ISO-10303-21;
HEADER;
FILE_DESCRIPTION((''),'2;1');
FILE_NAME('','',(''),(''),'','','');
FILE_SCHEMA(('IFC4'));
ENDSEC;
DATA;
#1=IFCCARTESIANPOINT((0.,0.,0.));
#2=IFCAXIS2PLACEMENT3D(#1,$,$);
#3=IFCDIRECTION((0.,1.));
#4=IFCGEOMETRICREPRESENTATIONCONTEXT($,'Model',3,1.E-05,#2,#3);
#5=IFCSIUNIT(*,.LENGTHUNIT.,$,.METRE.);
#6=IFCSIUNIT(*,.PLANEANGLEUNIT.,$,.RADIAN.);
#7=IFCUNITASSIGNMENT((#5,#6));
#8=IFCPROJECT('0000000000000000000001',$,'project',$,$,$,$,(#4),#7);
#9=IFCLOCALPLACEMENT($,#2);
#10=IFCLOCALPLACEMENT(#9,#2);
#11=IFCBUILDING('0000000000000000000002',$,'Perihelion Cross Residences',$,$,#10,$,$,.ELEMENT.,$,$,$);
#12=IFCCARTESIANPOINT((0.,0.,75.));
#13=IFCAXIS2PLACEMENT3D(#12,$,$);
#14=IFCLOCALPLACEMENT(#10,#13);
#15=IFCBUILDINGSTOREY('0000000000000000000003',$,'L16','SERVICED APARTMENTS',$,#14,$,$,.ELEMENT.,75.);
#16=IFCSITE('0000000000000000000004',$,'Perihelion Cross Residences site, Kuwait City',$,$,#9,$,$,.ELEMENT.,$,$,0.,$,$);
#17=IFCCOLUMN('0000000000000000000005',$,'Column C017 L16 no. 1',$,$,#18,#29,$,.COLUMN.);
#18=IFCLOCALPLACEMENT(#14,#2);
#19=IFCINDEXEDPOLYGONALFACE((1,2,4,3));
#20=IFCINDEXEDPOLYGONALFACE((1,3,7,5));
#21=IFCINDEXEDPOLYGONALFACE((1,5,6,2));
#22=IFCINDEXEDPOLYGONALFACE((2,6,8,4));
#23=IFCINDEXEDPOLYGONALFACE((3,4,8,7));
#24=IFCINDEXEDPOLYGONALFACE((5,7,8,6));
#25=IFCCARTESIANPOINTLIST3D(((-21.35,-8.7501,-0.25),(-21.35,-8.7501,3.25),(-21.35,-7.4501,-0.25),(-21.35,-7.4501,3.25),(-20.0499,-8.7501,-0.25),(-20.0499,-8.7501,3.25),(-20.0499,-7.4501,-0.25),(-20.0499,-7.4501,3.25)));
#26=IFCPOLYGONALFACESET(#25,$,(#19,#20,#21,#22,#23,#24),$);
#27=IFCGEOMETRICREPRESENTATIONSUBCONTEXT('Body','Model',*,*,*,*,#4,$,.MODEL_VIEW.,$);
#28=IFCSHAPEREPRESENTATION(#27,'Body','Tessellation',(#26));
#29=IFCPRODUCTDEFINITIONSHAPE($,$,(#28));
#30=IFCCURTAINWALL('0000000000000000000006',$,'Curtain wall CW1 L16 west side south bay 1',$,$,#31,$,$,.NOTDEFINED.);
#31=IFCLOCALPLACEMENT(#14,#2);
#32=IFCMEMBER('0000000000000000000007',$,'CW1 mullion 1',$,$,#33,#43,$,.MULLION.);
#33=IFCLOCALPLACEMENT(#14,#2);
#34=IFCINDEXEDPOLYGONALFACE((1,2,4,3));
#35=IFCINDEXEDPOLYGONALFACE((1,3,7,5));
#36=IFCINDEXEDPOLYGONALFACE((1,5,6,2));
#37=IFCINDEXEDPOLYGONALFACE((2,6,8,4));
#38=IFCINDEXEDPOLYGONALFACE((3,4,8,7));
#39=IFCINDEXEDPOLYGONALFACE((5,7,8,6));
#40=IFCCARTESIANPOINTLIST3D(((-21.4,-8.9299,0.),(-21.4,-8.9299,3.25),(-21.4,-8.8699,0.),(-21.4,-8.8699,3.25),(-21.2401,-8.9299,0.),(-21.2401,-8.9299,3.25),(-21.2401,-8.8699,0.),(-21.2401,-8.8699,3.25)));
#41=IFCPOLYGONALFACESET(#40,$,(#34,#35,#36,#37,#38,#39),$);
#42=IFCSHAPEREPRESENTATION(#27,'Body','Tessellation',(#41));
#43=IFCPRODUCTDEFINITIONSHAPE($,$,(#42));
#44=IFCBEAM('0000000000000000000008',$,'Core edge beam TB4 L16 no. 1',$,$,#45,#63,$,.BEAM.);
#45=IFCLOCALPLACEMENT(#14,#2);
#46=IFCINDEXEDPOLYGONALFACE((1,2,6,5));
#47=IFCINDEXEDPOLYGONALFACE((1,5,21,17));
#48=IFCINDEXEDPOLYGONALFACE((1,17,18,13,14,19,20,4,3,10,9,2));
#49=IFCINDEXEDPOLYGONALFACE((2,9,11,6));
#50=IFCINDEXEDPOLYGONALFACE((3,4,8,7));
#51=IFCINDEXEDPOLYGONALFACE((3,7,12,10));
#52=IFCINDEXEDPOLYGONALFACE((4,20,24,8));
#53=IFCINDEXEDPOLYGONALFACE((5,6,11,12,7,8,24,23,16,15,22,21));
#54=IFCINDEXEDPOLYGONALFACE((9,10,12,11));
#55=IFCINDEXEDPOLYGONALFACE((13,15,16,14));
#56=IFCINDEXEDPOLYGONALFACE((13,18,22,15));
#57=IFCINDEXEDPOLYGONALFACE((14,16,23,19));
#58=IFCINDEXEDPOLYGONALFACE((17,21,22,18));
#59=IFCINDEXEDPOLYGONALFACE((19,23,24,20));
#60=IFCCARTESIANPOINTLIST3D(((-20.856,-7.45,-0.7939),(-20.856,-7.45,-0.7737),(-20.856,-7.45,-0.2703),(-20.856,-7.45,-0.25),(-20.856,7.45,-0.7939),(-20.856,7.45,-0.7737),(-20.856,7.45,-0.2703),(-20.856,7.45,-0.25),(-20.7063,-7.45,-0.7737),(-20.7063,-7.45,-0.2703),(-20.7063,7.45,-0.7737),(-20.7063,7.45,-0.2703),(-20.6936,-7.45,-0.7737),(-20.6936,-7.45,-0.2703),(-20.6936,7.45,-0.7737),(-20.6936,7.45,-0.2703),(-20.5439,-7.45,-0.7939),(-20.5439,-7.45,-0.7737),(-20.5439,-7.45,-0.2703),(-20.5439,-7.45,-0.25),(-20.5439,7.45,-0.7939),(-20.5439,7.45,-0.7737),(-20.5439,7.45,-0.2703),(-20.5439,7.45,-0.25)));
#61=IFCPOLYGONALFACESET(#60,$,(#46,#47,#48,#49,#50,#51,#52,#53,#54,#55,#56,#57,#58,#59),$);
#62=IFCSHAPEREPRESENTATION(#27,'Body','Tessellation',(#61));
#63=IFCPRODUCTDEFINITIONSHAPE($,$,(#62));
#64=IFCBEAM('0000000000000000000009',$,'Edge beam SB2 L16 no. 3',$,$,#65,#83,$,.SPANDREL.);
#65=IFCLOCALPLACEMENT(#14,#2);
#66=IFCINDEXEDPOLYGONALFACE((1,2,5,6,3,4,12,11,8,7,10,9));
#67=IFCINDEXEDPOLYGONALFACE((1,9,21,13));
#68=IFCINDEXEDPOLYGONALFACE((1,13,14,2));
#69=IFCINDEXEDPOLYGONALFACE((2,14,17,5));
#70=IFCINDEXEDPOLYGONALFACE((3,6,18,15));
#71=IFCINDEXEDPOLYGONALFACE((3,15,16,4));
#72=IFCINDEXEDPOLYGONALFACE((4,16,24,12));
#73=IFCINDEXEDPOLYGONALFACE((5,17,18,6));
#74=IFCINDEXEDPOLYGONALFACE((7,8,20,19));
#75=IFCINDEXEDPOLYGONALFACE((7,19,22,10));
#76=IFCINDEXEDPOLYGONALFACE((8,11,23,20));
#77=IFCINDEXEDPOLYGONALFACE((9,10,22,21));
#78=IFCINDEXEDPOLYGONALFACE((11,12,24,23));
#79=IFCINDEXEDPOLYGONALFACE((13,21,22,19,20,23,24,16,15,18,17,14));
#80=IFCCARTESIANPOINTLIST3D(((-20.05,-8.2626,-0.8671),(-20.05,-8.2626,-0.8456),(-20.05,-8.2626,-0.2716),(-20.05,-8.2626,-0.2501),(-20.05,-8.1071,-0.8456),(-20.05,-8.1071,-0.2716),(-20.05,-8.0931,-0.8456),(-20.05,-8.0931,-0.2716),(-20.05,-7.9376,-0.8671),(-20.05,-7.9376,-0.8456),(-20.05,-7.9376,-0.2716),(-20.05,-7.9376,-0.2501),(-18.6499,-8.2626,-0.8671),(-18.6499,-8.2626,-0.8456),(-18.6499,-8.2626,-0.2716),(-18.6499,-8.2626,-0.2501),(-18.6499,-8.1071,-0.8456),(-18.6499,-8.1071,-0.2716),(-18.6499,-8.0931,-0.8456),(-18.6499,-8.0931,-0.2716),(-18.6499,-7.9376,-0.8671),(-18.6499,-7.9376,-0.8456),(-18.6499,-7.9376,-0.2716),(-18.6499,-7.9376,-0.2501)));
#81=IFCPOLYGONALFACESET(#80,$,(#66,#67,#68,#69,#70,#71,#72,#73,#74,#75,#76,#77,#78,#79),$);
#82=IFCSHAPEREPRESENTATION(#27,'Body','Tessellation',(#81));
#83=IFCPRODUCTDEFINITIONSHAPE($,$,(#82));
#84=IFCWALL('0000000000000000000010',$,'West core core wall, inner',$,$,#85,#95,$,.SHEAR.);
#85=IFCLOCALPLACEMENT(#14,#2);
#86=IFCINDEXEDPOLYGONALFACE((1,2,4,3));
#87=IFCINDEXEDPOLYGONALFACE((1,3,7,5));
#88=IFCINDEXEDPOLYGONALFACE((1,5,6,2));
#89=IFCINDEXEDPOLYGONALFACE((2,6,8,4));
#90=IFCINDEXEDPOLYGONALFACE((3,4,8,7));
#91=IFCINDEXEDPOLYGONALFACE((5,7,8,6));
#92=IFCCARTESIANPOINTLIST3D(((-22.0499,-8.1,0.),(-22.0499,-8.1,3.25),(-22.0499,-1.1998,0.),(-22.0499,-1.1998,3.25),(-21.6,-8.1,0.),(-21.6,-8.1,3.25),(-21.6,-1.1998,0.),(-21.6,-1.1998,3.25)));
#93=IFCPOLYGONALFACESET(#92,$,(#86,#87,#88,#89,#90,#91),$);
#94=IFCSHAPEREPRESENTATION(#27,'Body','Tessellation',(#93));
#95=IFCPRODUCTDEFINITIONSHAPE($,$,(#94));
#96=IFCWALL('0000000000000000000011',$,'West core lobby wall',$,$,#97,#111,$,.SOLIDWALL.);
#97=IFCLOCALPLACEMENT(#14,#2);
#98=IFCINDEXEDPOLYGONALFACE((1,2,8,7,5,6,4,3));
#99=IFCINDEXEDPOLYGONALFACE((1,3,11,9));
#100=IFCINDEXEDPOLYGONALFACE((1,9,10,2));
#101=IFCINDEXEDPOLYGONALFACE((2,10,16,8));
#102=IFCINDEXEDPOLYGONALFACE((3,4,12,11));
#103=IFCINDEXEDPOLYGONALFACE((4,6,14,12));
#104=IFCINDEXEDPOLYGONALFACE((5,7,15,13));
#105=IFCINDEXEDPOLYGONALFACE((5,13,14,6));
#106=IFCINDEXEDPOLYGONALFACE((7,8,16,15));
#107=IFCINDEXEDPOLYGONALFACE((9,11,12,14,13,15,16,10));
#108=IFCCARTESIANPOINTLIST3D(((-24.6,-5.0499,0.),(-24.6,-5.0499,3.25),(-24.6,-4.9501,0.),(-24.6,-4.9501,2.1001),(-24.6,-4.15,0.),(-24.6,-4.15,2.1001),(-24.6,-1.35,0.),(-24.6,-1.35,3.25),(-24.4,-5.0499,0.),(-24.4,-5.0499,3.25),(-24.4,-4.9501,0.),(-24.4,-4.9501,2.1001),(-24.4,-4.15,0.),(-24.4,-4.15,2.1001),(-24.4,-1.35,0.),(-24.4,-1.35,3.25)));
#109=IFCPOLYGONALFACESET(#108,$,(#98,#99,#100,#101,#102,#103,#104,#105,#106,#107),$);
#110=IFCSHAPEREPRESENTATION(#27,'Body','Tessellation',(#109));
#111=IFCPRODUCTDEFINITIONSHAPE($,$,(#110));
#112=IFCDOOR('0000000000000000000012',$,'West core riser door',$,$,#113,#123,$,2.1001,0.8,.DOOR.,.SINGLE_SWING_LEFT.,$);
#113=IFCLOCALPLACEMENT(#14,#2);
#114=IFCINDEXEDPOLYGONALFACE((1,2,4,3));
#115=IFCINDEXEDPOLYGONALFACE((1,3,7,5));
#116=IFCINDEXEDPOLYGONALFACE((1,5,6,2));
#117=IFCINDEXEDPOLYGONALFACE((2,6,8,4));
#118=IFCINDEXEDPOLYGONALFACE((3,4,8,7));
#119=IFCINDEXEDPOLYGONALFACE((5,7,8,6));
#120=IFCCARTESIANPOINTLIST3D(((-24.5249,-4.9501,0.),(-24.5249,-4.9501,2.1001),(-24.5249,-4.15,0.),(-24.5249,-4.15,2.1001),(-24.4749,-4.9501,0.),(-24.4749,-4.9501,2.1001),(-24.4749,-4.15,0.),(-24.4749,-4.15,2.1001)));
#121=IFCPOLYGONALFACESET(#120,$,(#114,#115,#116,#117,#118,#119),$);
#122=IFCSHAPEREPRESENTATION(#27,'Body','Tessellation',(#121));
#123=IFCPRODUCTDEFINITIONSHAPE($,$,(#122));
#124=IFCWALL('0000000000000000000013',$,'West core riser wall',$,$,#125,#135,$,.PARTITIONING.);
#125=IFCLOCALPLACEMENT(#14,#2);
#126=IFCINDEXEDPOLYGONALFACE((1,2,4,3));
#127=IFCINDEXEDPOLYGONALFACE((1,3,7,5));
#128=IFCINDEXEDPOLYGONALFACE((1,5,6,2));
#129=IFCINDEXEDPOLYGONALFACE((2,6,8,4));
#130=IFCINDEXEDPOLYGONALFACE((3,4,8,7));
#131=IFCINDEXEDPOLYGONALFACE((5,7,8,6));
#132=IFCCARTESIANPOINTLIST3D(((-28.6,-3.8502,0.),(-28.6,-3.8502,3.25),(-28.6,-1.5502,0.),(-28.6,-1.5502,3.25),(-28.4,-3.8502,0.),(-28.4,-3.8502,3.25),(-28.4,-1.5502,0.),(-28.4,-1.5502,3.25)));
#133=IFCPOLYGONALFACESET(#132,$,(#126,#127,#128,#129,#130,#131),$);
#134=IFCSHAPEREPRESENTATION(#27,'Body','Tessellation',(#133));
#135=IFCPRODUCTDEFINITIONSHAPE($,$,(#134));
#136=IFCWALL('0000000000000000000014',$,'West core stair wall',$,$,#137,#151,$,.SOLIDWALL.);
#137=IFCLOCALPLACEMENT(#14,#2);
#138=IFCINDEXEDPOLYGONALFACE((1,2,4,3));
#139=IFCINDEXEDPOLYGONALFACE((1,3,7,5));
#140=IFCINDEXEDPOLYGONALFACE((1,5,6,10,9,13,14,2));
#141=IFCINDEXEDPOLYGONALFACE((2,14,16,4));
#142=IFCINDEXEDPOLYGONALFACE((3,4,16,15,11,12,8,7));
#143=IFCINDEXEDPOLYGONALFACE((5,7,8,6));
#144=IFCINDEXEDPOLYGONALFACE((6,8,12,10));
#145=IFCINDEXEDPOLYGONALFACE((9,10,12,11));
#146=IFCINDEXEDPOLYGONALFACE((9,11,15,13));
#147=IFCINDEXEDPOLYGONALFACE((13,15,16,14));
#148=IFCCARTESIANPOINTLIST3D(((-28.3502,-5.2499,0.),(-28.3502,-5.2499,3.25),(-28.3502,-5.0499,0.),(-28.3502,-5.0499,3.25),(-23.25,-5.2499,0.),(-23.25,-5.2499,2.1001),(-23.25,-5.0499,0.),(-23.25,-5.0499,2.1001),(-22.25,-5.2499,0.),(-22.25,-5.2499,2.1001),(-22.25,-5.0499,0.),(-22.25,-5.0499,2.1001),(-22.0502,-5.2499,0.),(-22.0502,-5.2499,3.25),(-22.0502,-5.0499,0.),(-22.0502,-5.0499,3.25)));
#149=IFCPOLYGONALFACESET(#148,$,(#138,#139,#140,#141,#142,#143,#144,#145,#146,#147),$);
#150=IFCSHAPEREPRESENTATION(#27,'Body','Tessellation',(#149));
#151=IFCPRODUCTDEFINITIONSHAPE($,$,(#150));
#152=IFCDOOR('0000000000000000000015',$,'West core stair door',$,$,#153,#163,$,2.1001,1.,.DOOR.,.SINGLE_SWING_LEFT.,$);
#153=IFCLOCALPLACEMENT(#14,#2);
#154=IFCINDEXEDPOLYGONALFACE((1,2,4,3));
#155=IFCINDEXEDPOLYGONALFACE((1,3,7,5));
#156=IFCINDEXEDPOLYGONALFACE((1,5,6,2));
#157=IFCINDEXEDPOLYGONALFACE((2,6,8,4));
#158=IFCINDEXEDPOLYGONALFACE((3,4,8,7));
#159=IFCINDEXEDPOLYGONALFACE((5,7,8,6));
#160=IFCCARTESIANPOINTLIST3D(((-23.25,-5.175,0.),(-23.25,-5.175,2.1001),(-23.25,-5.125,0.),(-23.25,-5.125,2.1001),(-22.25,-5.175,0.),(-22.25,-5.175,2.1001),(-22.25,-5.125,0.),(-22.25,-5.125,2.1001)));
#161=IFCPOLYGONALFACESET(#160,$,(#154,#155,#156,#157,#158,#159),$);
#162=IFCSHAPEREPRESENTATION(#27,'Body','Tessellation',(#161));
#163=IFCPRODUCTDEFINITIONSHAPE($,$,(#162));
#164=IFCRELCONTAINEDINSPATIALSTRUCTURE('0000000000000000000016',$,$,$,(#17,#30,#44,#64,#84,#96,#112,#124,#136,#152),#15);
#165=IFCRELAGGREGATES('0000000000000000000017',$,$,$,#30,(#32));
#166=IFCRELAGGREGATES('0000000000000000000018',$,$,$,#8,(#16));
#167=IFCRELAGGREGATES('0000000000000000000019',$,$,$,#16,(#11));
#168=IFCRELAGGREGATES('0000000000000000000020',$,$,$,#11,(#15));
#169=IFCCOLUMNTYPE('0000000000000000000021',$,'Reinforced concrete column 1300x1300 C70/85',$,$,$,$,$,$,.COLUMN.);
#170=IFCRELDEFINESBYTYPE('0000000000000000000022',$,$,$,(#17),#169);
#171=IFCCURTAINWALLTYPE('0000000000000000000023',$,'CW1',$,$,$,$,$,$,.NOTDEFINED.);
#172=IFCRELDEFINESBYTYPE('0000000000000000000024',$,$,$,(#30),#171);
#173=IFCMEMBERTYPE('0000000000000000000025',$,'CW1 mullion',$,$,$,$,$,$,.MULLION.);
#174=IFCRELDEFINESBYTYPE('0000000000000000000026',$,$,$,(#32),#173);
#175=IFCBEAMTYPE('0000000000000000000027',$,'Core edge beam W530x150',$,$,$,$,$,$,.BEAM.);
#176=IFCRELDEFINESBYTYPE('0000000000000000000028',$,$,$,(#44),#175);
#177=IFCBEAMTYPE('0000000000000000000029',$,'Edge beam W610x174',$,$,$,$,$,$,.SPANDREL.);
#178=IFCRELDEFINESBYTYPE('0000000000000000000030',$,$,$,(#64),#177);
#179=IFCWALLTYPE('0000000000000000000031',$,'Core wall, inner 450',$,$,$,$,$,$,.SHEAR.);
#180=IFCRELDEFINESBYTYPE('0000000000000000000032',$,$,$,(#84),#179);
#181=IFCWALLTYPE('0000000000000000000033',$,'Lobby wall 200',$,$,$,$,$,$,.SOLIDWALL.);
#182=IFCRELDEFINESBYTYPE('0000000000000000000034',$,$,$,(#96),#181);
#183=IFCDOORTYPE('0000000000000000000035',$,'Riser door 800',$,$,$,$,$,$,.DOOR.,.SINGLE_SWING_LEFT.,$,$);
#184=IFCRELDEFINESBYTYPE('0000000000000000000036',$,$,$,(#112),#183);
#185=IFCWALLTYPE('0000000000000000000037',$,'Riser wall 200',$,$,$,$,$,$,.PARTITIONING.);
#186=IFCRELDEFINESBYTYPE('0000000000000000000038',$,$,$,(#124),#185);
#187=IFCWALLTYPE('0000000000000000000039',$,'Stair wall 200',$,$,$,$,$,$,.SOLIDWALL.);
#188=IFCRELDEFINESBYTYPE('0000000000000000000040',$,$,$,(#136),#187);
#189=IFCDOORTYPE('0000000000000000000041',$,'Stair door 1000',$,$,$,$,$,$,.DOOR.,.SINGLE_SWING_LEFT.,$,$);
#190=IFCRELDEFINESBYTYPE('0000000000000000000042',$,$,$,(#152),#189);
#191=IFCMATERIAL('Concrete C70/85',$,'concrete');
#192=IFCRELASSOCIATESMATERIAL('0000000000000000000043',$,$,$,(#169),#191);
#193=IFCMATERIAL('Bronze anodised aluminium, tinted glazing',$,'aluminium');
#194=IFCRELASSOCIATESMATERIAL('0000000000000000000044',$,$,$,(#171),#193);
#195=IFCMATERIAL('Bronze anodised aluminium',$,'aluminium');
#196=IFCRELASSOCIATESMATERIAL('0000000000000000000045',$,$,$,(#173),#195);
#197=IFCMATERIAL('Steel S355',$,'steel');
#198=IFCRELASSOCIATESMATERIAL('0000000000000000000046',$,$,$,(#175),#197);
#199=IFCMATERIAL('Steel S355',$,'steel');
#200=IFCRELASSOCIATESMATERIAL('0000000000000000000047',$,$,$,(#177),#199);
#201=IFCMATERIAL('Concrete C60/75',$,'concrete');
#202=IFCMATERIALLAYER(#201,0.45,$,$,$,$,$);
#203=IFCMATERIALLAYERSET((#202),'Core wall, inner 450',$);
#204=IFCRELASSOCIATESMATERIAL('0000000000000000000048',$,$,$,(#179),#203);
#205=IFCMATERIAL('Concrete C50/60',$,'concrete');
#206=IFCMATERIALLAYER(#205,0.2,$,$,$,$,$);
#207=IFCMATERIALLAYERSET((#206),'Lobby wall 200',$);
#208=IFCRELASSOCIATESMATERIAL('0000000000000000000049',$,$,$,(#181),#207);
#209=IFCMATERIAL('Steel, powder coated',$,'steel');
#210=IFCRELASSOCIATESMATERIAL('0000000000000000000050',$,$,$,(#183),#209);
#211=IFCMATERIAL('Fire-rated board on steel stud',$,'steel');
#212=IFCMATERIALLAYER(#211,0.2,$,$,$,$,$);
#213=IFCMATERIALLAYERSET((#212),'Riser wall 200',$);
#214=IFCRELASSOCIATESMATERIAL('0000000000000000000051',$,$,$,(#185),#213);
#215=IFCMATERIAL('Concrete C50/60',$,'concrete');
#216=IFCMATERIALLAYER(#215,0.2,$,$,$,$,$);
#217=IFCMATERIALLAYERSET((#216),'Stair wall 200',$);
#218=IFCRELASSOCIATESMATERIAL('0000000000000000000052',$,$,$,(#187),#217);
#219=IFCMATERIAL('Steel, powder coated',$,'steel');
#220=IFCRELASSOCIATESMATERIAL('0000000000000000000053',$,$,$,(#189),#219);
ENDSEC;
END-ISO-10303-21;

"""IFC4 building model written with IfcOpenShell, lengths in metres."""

from ifc_helpers import new_model, si_unit, direction, frame, frame_2d, origin, origin_2d, place, context, subcontext, project, spatial, rectangle, i_section, extrude, material, layer, layer_set, material_profile, profile_set, type_object, element, fill, aggregate, save


model = new_model("IFC4")

# Units and contexts
model_context = context("Model", 3, precision=1e-05, world=origin(), true_north=direction((0.0, 1.0)))
body_context = subcontext(model_context, "Body", "Model", "MODEL_VIEW")
ifc_project = project(units=[si_unit("LENGTHUNIT", "METRE"), si_unit("PLANEANGLEUNIT", "RADIAN")], contexts=[model_context])

# Site, building, storey
site_placement = place(None, origin())
site = spatial("IfcSite", under=ifc_project, at=site_placement, Name="Perihelion Cross Residences site, Kuwait City", CompositionType="ELEMENT", RefElevation=0.0)
building_placement = place(site_placement, origin())
building = spatial("IfcBuilding", under=site, at=building_placement, Name="Perihelion Cross Residences", CompositionType="ELEMENT")
storey_placement = place(building_placement, frame((0.0, 0.0, 75.0)))
storey = spatial("IfcBuildingStorey", under=building, at=storey_placement, Name="L16", Description="SERVICED APARTMENTS", CompositionType="ELEMENT", Elevation=75.0)

# Column
ifc_material_1 = material(Name="Concrete C70/85", Category="concrete")
ifc_material_profile_1 = material_profile(ifc_material_1, rectangle(XDim=1.3, YDim=1.3, at=origin_2d()), Name="RC 1300x1300")
ifc_profile_set_1 = profile_set([ifc_material_profile_1], Name="Concrete C70/85")
column_type = type_object("IfcColumnType", Name="Reinforced concrete column 1300x1300 C70/85", PredefinedType="COLUMN", material=ifc_profile_set_1)
column_placement = place(storey_placement, frame((-20.7, -8.1001, -0.25), z_axis=(0.0, 0.0, 1.0), x_axis=(1.0, 0.0, 0.0)))
element("IfcColumn", 1, at=column_placement, inside=storey, type_object=column_type, Name="Column C017 L16 no. 1", PredefinedType="COLUMN", context=body_context, shape_type="SweptSolid", body=[
    extrude(rectangle(XDim=1.3, YDim=1.3, at=origin_2d()), origin(), (0.0, 0.0, 1.0), 3.5),
])

# Curtain wall, member
ifc_material_2 = material(Name="Bronze anodised aluminium, tinted glazing", Category="aluminium")
curtain_wall_type = type_object("IfcCurtainWallType", Name="CW1", PredefinedType="NOTDEFINED", material=ifc_material_2)
curtain_wall_placement = place(storey_placement, origin())
curtain_wall = element("IfcCurtainWall", 2, at=curtain_wall_placement, inside=storey, type_object=curtain_wall_type, Name="Curtain wall CW1 L16 west side south bay 1", PredefinedType="NOTDEFINED")
ifc_material_3 = material(Name="Bronze anodised aluminium", Category="aluminium")
ifc_material_profile_2 = material_profile(ifc_material_3, rectangle(XDim=0.0601, YDim=0.1599, at=origin_2d()), Name="CW1 mullion")
ifc_profile_set_2 = profile_set([ifc_material_profile_2], Name="Bronze anodised aluminium")
member_type = type_object("IfcMemberType", Name="CW1 mullion", PredefinedType="MULLION", material=ifc_profile_set_2)
member_placement = place(storey_placement, frame((-21.3201, -8.8999, 0.0), z_axis=(0.0, 0.0, 1.0), x_axis=(0.0, 1.0, 0.0)))
member = element("IfcMember", 3, at=member_placement, type_object=member_type, Name="CW1 mullion 1", PredefinedType="MULLION", context=body_context, shape_type="SweptSolid", body=[
    extrude(rectangle(XDim=0.0601, YDim=0.1599, at=origin_2d()), origin(), (0.0, 0.0, 1.0), 3.25),
])
aggregate(curtain_wall, [member])

# Beams
ifc_material_4 = material(Name="Steel S355", Category="steel")
ifc_material_profile_3 = material_profile(ifc_material_4, i_section(OverallWidth=0.312, OverallDepth=0.5439, WebThickness=0.0127, FlangeThickness=0.0203, at=origin_2d()), Name="W530x150")
ifc_profile_set_3 = profile_set([ifc_material_profile_3], Name="Steel S355")
beam_type_1 = type_object("IfcBeamType", Name="Core edge beam W530x150", PredefinedType="BEAM", material=ifc_profile_set_3)
beam_1_placement = place(storey_placement, frame((-20.7, -7.45, -0.522), z_axis=(0.0, 1.0, 0.0), x_axis=(-1.0, 0.0, 0.0)))
element("IfcBeam", 4, at=beam_1_placement, inside=storey, type_object=beam_type_1, Name="Core edge beam TB4 L16 no. 1", PredefinedType="BEAM", context=body_context, shape_type="SweptSolid", body=[
    extrude(i_section(OverallWidth=0.312, OverallDepth=0.5439, WebThickness=0.0127, FlangeThickness=0.0203, at=origin_2d()), origin(), (0.0, 0.0, 1.0), 14.8999),
])
ifc_material_5 = material(Name="Steel S355", Category="steel")
ifc_material_profile_4 = material_profile(ifc_material_5, i_section(OverallWidth=0.325, OverallDepth=0.6169, WebThickness=0.0139, FlangeThickness=0.0215, at=origin_2d()), Name="W610x174")
ifc_profile_set_4 = profile_set([ifc_material_profile_4], Name="Steel S355")
beam_type_2 = type_object("IfcBeamType", Name="Edge beam W610x174", PredefinedType="SPANDREL", material=ifc_profile_set_4)
beam_2_placement = place(storey_placement, frame((-20.05, -8.1001, -0.5586), z_axis=(1.0, 0.0, 0.0), x_axis=(0.0, 1.0, 0.0)))
element("IfcBeam", 5, at=beam_2_placement, inside=storey, type_object=beam_type_2, Name="Edge beam SB2 L16 no. 3", PredefinedType="SPANDREL", context=body_context, shape_type="SweptSolid", body=[
    extrude(i_section(OverallWidth=0.325, OverallDepth=0.6169, WebThickness=0.0139, FlangeThickness=0.0215, at=origin_2d()), origin(), (0.0, 0.0, 1.0), 1.4001),
])

# Wall
ifc_material_6 = material(Name="Concrete C60/75", Category="concrete")
ifc_layer_1 = layer(ifc_material_6, 0.45)
ifc_layer_set_1 = layer_set([ifc_layer_1], Name="Core wall, inner 450")
wall_type_1 = type_object("IfcWallType", Name="Core wall, inner 450", PredefinedType="SHEAR", material=ifc_layer_set_1)
wall_1_placement = place(storey_placement, frame((-21.825, -8.1001, 0.0), z_axis=(0.0, 0.0, 1.0), x_axis=(0.0, 1.0, 0.0)))
element("IfcWall", 6, at=wall_1_placement, inside=storey, type_object=wall_type_1, Name="West core core wall, inner", PredefinedType="SHEAR", context=body_context, shape_type="SweptSolid", body=[
    extrude(rectangle(XDim=6.9001, YDim=0.45, at=frame_2d((3.4502, 0.0))), origin(), (0.0, 0.0, 1.0), 3.25),
])

# Wall, opening, door
ifc_material_7 = material(Name="Concrete C50/60", Category="concrete")
ifc_layer_2 = layer(ifc_material_7, 0.2)
ifc_layer_set_2 = layer_set([ifc_layer_2], Name="Lobby wall 200")
wall_type_2 = type_object("IfcWallType", Name="Lobby wall 200", PredefinedType="SOLIDWALL", material=ifc_layer_set_2)
wall_2_placement = place(storey_placement, frame((-24.5, -5.05, 0.0), z_axis=(0.0, 0.0, 1.0), x_axis=(0.0, 1.0, 0.0)))
wall_2 = element("IfcWall", 7, at=wall_2_placement, inside=storey, type_object=wall_type_2, Name="West core lobby wall", PredefinedType="SOLIDWALL", context=body_context, shape_type="SweptSolid", body=[
    extrude(rectangle(XDim=3.7, YDim=0.2, at=frame_2d((1.8501, 0.0))), origin(), (0.0, 0.0, 1.0), 3.25),
])
opening_1_placement = place(wall_2_placement, frame((0.1001, 0.0, 0.0)))
opening_1 = element("IfcOpeningElement", 8, at=opening_1_placement, cuts=wall_2, PredefinedType="OPENING", context=body_context, shape_type="SweptSolid", body=[
    extrude(rectangle(XDim=0.8, YDim=2.1001, at=frame_2d((0.3999, 1.05))), frame((0.0, 0.1099, 0.0), z_axis=(0.0, -1.0, 0.0), x_axis=(1.0, 0.0, 0.0)), (0.0, 0.0, 1.0), 0.22),
])
ifc_material_8 = material(Name="Steel, powder coated", Category="steel")
door_type_1 = type_object("IfcDoorType", Name="Riser door 800", OperationType="SINGLE_SWING_LEFT", PredefinedType="DOOR", material=ifc_material_8)
door_1_placement = place(opening_1_placement, origin())
door_1 = element("IfcDoor", 9, at=door_1_placement, inside=storey, type_object=door_type_1, Name="West core riser door", OperationType="SINGLE_SWING_LEFT", OverallHeight=2.1001, OverallWidth=0.8, PredefinedType="DOOR", context=body_context, shape_type="SweptSolid", body=[
    extrude(rectangle(XDim=0.8, YDim=2.1001, at=frame_2d((0.3999, 1.05))), frame((0.0, 0.0249, 0.0), z_axis=(0.0, -1.0, 0.0), x_axis=(1.0, 0.0, 0.0)), (0.0, 0.0, 1.0), 0.05),
])
fill(opening_1, door_1)

# Wall
ifc_material_9 = material(Name="Fire-rated board on steel stud", Category="steel")
ifc_layer_3 = layer(ifc_material_9, 0.2)
ifc_layer_set_3 = layer_set([ifc_layer_3], Name="Riser wall 200")
wall_type_3 = type_object("IfcWallType", Name="Riser wall 200", PredefinedType="PARTITIONING", material=ifc_layer_set_3)
wall_3_placement = place(storey_placement, frame((-28.5, -3.8501, 0.0), z_axis=(0.0, 0.0, 1.0), x_axis=(0.0, 1.0, 0.0)))
element("IfcWall", 10, at=wall_3_placement, inside=storey, type_object=wall_type_3, Name="West core riser wall", PredefinedType="PARTITIONING", context=body_context, shape_type="SweptSolid", body=[
    extrude(rectangle(XDim=2.3, YDim=0.2, at=frame_2d((1.1499, 0.0))), origin(), (0.0, 0.0, 1.0), 3.25),
])

# Wall, opening, door
ifc_material_10 = material(Name="Concrete C50/60", Category="concrete")
ifc_layer_4 = layer(ifc_material_10, 0.2)
ifc_layer_set_4 = layer_set([ifc_layer_4], Name="Stair wall 200")
wall_type_4 = type_object("IfcWallType", Name="Stair wall 200", PredefinedType="SOLIDWALL", material=ifc_layer_set_4)
wall_4_placement = place(storey_placement, frame((-28.3501, -5.1499, 0.0), z_axis=(0.0, 0.0, 1.0), x_axis=(1.0, 0.0, 0.0)))
wall_4 = element("IfcWall", 11, at=wall_4_placement, inside=storey, type_object=wall_type_4, Name="West core stair wall", PredefinedType="SOLIDWALL", context=body_context, shape_type="SweptSolid", body=[
    extrude(rectangle(XDim=6.3, YDim=0.2, at=frame_2d((3.1499, 0.0))), origin(), (0.0, 0.0, 1.0), 3.25),
])
opening_2_placement = place(wall_4_placement, frame((5.1001, 0.0, 0.0)))
opening_2 = element("IfcOpeningElement", 12, at=opening_2_placement, cuts=wall_4, PredefinedType="OPENING", context=body_context, shape_type="SweptSolid", body=[
    extrude(rectangle(XDim=1.0, YDim=2.1001, at=frame_2d((0.5, 1.05))), frame((0.0, 0.1099, 0.0), z_axis=(0.0, -1.0, 0.0), x_axis=(1.0, 0.0, 0.0)), (0.0, 0.0, 1.0), 0.22),
])
ifc_material_11 = material(Name="Steel, powder coated", Category="steel")
door_type_2 = type_object("IfcDoorType", Name="Stair door 1000", OperationType="SINGLE_SWING_LEFT", PredefinedType="DOOR", material=ifc_material_11)
door_2_placement = place(opening_2_placement, origin())
door_2 = element("IfcDoor", 13, at=door_2_placement, inside=storey, type_object=door_type_2, Name="West core stair door", OperationType="SINGLE_SWING_LEFT", OverallHeight=2.1001, OverallWidth=1.0, PredefinedType="DOOR", context=body_context, shape_type="SweptSolid", body=[
    extrude(rectangle(XDim=1.0, YDim=2.1001, at=frame_2d((0.5, 1.05))), frame((0.0, 0.0249, 0.0), z_axis=(0.0, -1.0, 0.0), x_axis=(1.0, 0.0, 0.0)), (0.0, 0.0, 1.0), 0.05),
])
fill(opening_2, door_2)

save(model, "model.ifc")
